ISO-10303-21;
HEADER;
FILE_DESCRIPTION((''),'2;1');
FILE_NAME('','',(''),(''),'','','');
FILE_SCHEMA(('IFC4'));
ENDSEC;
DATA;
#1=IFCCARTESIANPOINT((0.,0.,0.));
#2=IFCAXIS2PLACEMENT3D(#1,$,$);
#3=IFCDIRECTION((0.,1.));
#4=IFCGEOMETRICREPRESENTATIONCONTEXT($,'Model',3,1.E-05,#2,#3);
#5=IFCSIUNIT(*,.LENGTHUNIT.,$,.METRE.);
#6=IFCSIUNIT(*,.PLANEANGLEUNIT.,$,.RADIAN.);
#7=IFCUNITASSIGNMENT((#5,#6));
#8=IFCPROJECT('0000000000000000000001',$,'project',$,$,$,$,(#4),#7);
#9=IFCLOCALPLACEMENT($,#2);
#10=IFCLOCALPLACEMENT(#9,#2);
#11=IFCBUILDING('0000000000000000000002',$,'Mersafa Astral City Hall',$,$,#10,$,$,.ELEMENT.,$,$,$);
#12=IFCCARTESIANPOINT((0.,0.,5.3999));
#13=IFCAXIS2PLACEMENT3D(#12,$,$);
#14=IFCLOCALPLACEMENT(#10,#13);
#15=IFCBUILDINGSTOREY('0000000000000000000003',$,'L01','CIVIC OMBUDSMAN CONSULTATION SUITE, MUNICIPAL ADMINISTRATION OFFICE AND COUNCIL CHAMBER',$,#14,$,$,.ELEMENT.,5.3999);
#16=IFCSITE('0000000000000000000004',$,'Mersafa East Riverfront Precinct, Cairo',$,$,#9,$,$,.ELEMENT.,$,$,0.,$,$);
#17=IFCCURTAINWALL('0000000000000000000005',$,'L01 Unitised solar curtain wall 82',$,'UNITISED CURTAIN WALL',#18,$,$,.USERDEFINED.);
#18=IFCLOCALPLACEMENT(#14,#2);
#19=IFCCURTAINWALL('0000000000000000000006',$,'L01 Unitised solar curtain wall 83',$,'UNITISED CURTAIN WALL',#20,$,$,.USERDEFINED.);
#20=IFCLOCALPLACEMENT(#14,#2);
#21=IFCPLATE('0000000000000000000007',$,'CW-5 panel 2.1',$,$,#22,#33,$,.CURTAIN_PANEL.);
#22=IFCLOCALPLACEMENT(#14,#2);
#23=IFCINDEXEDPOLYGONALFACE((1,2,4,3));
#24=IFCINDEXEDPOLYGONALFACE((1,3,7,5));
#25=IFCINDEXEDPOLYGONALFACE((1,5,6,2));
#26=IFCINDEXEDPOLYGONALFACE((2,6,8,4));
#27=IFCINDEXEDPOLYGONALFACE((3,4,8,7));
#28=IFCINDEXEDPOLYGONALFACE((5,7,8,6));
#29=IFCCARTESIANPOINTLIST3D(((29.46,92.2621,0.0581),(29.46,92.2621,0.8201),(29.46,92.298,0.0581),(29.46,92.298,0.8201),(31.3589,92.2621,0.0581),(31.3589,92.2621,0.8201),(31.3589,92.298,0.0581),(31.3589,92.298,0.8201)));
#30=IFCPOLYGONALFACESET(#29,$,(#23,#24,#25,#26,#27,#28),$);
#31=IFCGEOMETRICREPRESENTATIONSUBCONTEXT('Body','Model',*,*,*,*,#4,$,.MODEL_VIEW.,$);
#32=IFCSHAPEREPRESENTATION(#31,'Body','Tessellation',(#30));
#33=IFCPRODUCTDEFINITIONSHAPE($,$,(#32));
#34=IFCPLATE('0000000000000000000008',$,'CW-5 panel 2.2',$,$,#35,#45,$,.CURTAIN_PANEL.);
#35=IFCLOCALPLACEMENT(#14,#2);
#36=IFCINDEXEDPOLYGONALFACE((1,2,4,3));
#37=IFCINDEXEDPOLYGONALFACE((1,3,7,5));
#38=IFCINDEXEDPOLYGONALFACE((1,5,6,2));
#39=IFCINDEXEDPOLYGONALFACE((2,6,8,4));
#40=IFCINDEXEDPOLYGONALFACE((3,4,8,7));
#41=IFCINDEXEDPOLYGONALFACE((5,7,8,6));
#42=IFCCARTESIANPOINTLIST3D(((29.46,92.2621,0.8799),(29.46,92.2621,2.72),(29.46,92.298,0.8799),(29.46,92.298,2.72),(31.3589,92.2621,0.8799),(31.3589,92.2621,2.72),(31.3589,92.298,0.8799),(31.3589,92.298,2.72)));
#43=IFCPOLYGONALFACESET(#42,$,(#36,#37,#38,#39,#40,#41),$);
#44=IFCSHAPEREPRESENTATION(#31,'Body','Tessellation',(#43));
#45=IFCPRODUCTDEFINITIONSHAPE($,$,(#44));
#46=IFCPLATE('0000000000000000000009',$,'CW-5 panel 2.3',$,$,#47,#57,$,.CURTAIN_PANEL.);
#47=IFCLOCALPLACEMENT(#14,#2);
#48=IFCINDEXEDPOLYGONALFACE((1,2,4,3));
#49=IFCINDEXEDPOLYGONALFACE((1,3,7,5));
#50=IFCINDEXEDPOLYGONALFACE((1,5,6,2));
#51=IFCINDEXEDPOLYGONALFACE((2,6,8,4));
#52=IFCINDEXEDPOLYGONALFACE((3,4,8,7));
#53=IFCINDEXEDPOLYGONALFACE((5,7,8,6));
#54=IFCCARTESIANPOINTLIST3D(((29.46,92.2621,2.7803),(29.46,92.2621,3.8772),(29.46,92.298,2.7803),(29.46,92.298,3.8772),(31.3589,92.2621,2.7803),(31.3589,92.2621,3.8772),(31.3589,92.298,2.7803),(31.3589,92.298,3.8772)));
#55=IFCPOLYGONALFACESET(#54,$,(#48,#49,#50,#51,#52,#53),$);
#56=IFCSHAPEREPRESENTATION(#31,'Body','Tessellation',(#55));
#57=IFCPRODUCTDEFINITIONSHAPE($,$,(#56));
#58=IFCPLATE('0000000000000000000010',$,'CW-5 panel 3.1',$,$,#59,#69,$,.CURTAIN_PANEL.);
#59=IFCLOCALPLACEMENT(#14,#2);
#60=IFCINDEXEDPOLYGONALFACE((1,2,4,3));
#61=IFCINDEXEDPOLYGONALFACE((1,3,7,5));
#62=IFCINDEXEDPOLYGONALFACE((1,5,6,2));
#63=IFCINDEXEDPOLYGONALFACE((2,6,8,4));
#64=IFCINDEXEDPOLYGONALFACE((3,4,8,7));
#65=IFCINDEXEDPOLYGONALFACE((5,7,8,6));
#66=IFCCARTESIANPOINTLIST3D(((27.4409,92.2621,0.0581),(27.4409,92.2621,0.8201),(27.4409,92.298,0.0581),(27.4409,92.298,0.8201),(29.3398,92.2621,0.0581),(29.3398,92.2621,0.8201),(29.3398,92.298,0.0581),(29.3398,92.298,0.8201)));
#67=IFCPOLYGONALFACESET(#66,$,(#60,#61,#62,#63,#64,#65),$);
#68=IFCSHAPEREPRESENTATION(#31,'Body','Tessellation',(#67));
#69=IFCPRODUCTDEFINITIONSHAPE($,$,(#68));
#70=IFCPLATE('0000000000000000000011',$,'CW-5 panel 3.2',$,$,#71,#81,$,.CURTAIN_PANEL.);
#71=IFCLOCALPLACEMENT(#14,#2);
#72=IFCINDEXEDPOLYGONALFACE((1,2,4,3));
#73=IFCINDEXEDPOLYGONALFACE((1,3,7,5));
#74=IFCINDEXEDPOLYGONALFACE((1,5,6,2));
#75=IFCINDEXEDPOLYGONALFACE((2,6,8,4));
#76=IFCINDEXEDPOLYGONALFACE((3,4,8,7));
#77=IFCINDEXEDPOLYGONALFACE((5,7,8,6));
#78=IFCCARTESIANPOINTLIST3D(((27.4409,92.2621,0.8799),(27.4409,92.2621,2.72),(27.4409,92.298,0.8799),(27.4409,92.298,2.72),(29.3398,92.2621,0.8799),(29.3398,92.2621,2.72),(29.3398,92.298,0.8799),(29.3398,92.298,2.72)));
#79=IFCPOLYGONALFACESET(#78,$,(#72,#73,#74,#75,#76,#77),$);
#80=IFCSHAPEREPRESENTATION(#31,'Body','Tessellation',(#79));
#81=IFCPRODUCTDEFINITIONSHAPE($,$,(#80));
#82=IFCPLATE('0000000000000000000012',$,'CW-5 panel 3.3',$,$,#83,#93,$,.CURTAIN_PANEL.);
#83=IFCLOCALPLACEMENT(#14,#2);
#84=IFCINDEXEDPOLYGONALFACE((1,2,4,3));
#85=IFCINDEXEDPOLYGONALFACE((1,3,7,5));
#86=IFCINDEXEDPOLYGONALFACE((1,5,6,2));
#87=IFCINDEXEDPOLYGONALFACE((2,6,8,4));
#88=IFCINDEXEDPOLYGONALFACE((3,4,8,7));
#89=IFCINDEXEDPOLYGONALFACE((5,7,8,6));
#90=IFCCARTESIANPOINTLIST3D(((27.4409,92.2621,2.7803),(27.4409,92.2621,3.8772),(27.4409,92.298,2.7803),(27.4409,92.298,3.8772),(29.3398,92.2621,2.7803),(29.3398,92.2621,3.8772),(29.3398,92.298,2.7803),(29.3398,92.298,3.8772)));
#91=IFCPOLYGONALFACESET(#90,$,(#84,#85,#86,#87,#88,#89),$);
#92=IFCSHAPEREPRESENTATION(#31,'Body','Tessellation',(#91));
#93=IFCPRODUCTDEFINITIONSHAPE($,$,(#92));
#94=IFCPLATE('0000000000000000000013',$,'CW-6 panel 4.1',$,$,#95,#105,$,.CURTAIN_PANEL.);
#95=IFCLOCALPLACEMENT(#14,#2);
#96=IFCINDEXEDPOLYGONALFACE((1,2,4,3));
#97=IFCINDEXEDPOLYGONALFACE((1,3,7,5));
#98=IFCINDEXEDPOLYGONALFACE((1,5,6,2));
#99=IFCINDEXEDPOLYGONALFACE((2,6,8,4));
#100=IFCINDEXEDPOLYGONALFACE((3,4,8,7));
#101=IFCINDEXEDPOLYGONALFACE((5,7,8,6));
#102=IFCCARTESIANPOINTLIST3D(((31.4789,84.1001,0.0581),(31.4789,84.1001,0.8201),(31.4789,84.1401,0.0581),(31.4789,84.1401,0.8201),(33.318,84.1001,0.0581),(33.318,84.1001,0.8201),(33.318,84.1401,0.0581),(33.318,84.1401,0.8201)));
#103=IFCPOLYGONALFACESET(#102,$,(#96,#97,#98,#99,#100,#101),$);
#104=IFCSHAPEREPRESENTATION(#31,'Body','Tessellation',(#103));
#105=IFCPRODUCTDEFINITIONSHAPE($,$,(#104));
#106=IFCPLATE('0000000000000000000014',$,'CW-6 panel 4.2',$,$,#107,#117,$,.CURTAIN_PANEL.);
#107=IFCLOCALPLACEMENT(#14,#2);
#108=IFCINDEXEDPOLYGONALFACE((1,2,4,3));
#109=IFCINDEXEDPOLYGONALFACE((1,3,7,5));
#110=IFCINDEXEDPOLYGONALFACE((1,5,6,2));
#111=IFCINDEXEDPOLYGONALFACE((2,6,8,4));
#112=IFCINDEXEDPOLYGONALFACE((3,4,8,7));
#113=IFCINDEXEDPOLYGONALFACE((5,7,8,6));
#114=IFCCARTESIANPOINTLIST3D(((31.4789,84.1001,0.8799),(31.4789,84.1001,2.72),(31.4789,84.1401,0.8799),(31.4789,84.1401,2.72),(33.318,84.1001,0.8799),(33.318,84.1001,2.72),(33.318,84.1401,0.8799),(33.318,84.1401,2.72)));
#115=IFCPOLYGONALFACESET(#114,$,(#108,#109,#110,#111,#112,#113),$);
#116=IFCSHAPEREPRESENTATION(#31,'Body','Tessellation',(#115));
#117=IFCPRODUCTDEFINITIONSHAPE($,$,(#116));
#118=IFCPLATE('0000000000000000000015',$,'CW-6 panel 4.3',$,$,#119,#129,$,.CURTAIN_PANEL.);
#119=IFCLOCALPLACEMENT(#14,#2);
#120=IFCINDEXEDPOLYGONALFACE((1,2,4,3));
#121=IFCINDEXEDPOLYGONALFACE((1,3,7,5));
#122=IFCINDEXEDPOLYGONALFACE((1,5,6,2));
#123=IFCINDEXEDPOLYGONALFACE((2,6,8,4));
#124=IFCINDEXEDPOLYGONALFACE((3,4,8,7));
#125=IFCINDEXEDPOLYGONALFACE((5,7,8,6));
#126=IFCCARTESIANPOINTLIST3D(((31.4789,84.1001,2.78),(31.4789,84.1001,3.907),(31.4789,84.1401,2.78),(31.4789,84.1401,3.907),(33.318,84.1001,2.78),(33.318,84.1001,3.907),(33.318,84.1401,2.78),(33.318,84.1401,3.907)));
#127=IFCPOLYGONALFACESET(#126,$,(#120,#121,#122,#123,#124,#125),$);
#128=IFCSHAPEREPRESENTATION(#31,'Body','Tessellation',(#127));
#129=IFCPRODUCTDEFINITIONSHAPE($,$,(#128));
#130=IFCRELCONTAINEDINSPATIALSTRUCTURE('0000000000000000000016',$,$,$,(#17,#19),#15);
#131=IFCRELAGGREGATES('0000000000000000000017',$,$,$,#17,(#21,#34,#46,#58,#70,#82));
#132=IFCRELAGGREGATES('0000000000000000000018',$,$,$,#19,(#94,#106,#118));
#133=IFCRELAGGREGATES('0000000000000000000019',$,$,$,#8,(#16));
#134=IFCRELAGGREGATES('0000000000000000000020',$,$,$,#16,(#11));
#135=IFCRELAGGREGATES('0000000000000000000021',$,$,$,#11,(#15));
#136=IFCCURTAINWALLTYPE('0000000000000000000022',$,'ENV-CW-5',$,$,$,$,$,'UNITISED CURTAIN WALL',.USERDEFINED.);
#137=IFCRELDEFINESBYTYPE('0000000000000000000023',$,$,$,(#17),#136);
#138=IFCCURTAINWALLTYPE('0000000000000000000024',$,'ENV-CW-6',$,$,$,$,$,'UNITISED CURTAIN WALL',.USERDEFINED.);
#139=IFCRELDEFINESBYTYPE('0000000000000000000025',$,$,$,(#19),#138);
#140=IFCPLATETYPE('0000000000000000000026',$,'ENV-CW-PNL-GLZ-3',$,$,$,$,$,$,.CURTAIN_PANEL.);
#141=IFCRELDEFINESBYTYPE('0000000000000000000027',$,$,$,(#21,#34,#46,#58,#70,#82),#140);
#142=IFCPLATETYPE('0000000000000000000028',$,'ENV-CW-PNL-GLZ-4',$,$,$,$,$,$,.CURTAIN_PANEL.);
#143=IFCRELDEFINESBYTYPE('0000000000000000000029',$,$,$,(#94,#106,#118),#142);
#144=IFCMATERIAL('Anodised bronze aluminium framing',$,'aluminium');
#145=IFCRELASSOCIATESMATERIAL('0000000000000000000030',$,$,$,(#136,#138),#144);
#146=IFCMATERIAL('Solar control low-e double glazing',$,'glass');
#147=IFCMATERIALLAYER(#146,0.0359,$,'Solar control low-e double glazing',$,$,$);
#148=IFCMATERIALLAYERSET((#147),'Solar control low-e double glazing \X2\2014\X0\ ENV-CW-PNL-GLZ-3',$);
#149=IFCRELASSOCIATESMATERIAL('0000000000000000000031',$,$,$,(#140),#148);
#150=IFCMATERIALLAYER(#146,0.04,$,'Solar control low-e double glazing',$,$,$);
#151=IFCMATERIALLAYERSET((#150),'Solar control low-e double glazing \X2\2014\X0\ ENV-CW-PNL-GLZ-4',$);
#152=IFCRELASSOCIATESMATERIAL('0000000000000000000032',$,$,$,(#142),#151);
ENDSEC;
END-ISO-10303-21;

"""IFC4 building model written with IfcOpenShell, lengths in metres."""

from ifc_helpers import new_model, si_unit, direction, frame, origin, origin_2d, place, context, subcontext, project, spatial, rectangle, extrude, material, layer, layer_set, type_object, element, aggregate, save


model = new_model("IFC4")

# Units and contexts
model_context = context("Model", 3, precision=1e-05, world=origin(), true_north=direction((0.0, 1.0)))
body_context = subcontext(model_context, "Body", "Model", "MODEL_VIEW")
ifc_project = project(units=[si_unit("LENGTHUNIT", "METRE"), si_unit("PLANEANGLEUNIT", "RADIAN")], contexts=[model_context])

# Site, building, storey
site_placement = place(None, origin())
site = spatial("IfcSite", under=ifc_project, at=site_placement, Name="Mersafa East Riverfront Precinct, Cairo", CompositionType="ELEMENT", RefElevation=0.0)
building_placement = place(site_placement, origin())
building = spatial("IfcBuilding", under=site, at=building_placement, Name="Mersafa Astral City Hall", CompositionType="ELEMENT")
storey_placement = place(building_placement, frame((0.0, 0.0, 5.3999)))
storey = spatial("IfcBuildingStorey", under=building, at=storey_placement, Name="L01", Description="CIVIC OMBUDSMAN CONSULTATION SUITE, MUNICIPAL ADMINISTRATION OFFICE AND COUNCIL CHAMBER", CompositionType="ELEMENT", Elevation=5.3999)

# Curtain walls
ifc_material_1 = material(Name="Anodised bronze aluminium framing", Category="aluminium")
curtain_wall_type_1 = type_object("IfcCurtainWallType", Name="ENV-CW-5", ElementType="UNITISED CURTAIN WALL", PredefinedType="USERDEFINED", material=ifc_material_1)
curtain_wall_1_placement = place(storey_placement, origin())
curtain_wall_1 = element("IfcCurtainWall", 1, at=curtain_wall_1_placement, inside=storey, type_object=curtain_wall_type_1, Name="L01 Unitised solar curtain wall 82", ObjectType="UNITISED CURTAIN WALL", PredefinedType="USERDEFINED")
curtain_wall_type_2 = type_object("IfcCurtainWallType", Name="ENV-CW-6", ElementType="UNITISED CURTAIN WALL", PredefinedType="USERDEFINED", material=ifc_material_1)
curtain_wall_2_placement = place(storey_placement, origin())
curtain_wall_2 = element("IfcCurtainWall", 2, at=curtain_wall_2_placement, inside=storey, type_object=curtain_wall_type_2, Name="L01 Unitised solar curtain wall 83", ObjectType="UNITISED CURTAIN WALL", PredefinedType="USERDEFINED")

# Plates
ifc_material_2 = material(Name="Solar control low-e double glazing", Category="glass")
ifc_layer_1 = layer(ifc_material_2, 0.0359, Name="Solar control low-e double glazing")
ifc_layer_set_1 = layer_set([ifc_layer_1], Name="Solar control low-e double glazing — ENV-CW-PNL-GLZ-3")
plate_type_1 = type_object("IfcPlateType", Name="ENV-CW-PNL-GLZ-3", PredefinedType="CURTAIN_PANEL", material=ifc_layer_set_1)
plate_1_placement = place(storey_placement, frame((30.4094, 92.28, 0.0581), z_axis=(0.0, 0.0, 1.0), x_axis=(-1.0, 0.0, 0.0)))
plate_1 = element("IfcPlate", 3, at=plate_1_placement, type_object=plate_type_1, Name="CW-5 panel 2.1", PredefinedType="CURTAIN_PANEL", context=body_context, shape_type="SweptSolid", body=[
    extrude(rectangle(XDim=1.8989, YDim=0.0359, at=origin_2d()), origin(), (0.0, 0.0, 1.0), 0.762),
])
plate_2_placement = place(storey_placement, frame((30.4094, 92.28, 0.8799), z_axis=(0.0, 0.0, 1.0), x_axis=(-1.0, 0.0, 0.0)))
plate_2 = element("IfcPlate", 4, at=plate_2_placement, type_object=plate_type_1, Name="CW-5 panel 2.2", PredefinedType="CURTAIN_PANEL", context=body_context, shape_type="SweptSolid", body=[
    extrude(rectangle(XDim=1.8989, YDim=0.0359, at=origin_2d()), origin(), (0.0, 0.0, 1.0), 1.8401),
])
plate_3_placement = place(storey_placement, frame((30.4094, 92.28, 2.7803), z_axis=(0.0, 0.0, 1.0), x_axis=(-1.0, 0.0, 0.0)))
plate_3 = element("IfcPlate", 5, at=plate_3_placement, type_object=plate_type_1, Name="CW-5 panel 2.3", PredefinedType="CURTAIN_PANEL", context=body_context, shape_type="SweptSolid", body=[
    extrude(rectangle(XDim=1.8989, YDim=0.0359, at=origin_2d()), origin(), (0.0, 0.0, 1.0), 1.0969),
])
plate_4_placement = place(storey_placement, frame((28.3904, 92.28, 0.0581), z_axis=(0.0, 0.0, 1.0), x_axis=(-1.0, 0.0, 0.0)))
plate_4 = element("IfcPlate", 6, at=plate_4_placement, type_object=plate_type_1, Name="CW-5 panel 3.1", PredefinedType="CURTAIN_PANEL", context=body_context, shape_type="SweptSolid", body=[
    extrude(rectangle(XDim=1.8989, YDim=0.0359, at=origin_2d()), origin(), (0.0, 0.0, 1.0), 0.762),
])
plate_5_placement = place(storey_placement, frame((28.3904, 92.28, 0.8799), z_axis=(0.0, 0.0, 1.0), x_axis=(-1.0, 0.0, 0.0)))
plate_5 = element("IfcPlate", 7, at=plate_5_placement, type_object=plate_type_1, Name="CW-5 panel 3.2", PredefinedType="CURTAIN_PANEL", context=body_context, shape_type="SweptSolid", body=[
    extrude(rectangle(XDim=1.8989, YDim=0.0359, at=origin_2d()), origin(), (0.0, 0.0, 1.0), 1.8401),
])
plate_6_placement = place(storey_placement, frame((28.3904, 92.28, 2.7803), z_axis=(0.0, 0.0, 1.0), x_axis=(-1.0, 0.0, 0.0)))
plate_6 = element("IfcPlate", 8, at=plate_6_placement, type_object=plate_type_1, Name="CW-5 panel 3.3", PredefinedType="CURTAIN_PANEL", context=body_context, shape_type="SweptSolid", body=[
    extrude(rectangle(XDim=1.8989, YDim=0.0359, at=origin_2d()), origin(), (0.0, 0.0, 1.0), 1.0969),
])
aggregate(curtain_wall_1, [plate_1, plate_2, plate_3, plate_4, plate_5, plate_6])
ifc_layer_2 = layer(ifc_material_2, 0.04, Name="Solar control low-e double glazing")
ifc_layer_set_2 = layer_set([ifc_layer_2], Name="Solar control low-e double glazing — ENV-CW-PNL-GLZ-4")
plate_type_2 = type_object("IfcPlateType", Name="ENV-CW-PNL-GLZ-4", PredefinedType="CURTAIN_PANEL", material=ifc_layer_set_2)
plate_7_placement = place(storey_placement, frame((32.3984, 84.1201, 0.0581), z_axis=(0.0, 0.0, 1.0), x_axis=(1.0, 0.0, 0.0)))
plate_7 = element("IfcPlate", 9, at=plate_7_placement, type_object=plate_type_2, Name="CW-6 panel 4.1", PredefinedType="CURTAIN_PANEL", context=body_context, shape_type="SweptSolid", body=[
    extrude(rectangle(XDim=1.8391, YDim=0.04, at=origin_2d()), origin(), (0.0, 0.0, 1.0), 0.762),
])
plate_8_placement = place(storey_placement, frame((32.3984, 84.1201, 0.8799), z_axis=(0.0, 0.0, 1.0), x_axis=(1.0, 0.0, 0.0)))
plate_8 = element("IfcPlate", 10, at=plate_8_placement, type_object=plate_type_2, Name="CW-6 panel 4.2", PredefinedType="CURTAIN_PANEL", context=body_context, shape_type="SweptSolid", body=[
    extrude(rectangle(XDim=1.8391, YDim=0.04, at=origin_2d()), origin(), (0.0, 0.0, 1.0), 1.8401),
])
plate_9_placement = place(storey_placement, frame((32.3984, 84.1201, 2.78), z_axis=(0.0, 0.0, 1.0), x_axis=(1.0, 0.0, 0.0)))
plate_9 = element("IfcPlate", 11, at=plate_9_placement, type_object=plate_type_2, Name="CW-6 panel 4.3", PredefinedType="CURTAIN_PANEL", context=body_context, shape_type="SweptSolid", body=[
    extrude(rectangle(XDim=1.8391, YDim=0.04, at=origin_2d()), origin(), (0.0, 0.0, 1.0), 1.127),
])
aggregate(curtain_wall_2, [plate_7, plate_8, plate_9])

save(model, "model.ifc")
